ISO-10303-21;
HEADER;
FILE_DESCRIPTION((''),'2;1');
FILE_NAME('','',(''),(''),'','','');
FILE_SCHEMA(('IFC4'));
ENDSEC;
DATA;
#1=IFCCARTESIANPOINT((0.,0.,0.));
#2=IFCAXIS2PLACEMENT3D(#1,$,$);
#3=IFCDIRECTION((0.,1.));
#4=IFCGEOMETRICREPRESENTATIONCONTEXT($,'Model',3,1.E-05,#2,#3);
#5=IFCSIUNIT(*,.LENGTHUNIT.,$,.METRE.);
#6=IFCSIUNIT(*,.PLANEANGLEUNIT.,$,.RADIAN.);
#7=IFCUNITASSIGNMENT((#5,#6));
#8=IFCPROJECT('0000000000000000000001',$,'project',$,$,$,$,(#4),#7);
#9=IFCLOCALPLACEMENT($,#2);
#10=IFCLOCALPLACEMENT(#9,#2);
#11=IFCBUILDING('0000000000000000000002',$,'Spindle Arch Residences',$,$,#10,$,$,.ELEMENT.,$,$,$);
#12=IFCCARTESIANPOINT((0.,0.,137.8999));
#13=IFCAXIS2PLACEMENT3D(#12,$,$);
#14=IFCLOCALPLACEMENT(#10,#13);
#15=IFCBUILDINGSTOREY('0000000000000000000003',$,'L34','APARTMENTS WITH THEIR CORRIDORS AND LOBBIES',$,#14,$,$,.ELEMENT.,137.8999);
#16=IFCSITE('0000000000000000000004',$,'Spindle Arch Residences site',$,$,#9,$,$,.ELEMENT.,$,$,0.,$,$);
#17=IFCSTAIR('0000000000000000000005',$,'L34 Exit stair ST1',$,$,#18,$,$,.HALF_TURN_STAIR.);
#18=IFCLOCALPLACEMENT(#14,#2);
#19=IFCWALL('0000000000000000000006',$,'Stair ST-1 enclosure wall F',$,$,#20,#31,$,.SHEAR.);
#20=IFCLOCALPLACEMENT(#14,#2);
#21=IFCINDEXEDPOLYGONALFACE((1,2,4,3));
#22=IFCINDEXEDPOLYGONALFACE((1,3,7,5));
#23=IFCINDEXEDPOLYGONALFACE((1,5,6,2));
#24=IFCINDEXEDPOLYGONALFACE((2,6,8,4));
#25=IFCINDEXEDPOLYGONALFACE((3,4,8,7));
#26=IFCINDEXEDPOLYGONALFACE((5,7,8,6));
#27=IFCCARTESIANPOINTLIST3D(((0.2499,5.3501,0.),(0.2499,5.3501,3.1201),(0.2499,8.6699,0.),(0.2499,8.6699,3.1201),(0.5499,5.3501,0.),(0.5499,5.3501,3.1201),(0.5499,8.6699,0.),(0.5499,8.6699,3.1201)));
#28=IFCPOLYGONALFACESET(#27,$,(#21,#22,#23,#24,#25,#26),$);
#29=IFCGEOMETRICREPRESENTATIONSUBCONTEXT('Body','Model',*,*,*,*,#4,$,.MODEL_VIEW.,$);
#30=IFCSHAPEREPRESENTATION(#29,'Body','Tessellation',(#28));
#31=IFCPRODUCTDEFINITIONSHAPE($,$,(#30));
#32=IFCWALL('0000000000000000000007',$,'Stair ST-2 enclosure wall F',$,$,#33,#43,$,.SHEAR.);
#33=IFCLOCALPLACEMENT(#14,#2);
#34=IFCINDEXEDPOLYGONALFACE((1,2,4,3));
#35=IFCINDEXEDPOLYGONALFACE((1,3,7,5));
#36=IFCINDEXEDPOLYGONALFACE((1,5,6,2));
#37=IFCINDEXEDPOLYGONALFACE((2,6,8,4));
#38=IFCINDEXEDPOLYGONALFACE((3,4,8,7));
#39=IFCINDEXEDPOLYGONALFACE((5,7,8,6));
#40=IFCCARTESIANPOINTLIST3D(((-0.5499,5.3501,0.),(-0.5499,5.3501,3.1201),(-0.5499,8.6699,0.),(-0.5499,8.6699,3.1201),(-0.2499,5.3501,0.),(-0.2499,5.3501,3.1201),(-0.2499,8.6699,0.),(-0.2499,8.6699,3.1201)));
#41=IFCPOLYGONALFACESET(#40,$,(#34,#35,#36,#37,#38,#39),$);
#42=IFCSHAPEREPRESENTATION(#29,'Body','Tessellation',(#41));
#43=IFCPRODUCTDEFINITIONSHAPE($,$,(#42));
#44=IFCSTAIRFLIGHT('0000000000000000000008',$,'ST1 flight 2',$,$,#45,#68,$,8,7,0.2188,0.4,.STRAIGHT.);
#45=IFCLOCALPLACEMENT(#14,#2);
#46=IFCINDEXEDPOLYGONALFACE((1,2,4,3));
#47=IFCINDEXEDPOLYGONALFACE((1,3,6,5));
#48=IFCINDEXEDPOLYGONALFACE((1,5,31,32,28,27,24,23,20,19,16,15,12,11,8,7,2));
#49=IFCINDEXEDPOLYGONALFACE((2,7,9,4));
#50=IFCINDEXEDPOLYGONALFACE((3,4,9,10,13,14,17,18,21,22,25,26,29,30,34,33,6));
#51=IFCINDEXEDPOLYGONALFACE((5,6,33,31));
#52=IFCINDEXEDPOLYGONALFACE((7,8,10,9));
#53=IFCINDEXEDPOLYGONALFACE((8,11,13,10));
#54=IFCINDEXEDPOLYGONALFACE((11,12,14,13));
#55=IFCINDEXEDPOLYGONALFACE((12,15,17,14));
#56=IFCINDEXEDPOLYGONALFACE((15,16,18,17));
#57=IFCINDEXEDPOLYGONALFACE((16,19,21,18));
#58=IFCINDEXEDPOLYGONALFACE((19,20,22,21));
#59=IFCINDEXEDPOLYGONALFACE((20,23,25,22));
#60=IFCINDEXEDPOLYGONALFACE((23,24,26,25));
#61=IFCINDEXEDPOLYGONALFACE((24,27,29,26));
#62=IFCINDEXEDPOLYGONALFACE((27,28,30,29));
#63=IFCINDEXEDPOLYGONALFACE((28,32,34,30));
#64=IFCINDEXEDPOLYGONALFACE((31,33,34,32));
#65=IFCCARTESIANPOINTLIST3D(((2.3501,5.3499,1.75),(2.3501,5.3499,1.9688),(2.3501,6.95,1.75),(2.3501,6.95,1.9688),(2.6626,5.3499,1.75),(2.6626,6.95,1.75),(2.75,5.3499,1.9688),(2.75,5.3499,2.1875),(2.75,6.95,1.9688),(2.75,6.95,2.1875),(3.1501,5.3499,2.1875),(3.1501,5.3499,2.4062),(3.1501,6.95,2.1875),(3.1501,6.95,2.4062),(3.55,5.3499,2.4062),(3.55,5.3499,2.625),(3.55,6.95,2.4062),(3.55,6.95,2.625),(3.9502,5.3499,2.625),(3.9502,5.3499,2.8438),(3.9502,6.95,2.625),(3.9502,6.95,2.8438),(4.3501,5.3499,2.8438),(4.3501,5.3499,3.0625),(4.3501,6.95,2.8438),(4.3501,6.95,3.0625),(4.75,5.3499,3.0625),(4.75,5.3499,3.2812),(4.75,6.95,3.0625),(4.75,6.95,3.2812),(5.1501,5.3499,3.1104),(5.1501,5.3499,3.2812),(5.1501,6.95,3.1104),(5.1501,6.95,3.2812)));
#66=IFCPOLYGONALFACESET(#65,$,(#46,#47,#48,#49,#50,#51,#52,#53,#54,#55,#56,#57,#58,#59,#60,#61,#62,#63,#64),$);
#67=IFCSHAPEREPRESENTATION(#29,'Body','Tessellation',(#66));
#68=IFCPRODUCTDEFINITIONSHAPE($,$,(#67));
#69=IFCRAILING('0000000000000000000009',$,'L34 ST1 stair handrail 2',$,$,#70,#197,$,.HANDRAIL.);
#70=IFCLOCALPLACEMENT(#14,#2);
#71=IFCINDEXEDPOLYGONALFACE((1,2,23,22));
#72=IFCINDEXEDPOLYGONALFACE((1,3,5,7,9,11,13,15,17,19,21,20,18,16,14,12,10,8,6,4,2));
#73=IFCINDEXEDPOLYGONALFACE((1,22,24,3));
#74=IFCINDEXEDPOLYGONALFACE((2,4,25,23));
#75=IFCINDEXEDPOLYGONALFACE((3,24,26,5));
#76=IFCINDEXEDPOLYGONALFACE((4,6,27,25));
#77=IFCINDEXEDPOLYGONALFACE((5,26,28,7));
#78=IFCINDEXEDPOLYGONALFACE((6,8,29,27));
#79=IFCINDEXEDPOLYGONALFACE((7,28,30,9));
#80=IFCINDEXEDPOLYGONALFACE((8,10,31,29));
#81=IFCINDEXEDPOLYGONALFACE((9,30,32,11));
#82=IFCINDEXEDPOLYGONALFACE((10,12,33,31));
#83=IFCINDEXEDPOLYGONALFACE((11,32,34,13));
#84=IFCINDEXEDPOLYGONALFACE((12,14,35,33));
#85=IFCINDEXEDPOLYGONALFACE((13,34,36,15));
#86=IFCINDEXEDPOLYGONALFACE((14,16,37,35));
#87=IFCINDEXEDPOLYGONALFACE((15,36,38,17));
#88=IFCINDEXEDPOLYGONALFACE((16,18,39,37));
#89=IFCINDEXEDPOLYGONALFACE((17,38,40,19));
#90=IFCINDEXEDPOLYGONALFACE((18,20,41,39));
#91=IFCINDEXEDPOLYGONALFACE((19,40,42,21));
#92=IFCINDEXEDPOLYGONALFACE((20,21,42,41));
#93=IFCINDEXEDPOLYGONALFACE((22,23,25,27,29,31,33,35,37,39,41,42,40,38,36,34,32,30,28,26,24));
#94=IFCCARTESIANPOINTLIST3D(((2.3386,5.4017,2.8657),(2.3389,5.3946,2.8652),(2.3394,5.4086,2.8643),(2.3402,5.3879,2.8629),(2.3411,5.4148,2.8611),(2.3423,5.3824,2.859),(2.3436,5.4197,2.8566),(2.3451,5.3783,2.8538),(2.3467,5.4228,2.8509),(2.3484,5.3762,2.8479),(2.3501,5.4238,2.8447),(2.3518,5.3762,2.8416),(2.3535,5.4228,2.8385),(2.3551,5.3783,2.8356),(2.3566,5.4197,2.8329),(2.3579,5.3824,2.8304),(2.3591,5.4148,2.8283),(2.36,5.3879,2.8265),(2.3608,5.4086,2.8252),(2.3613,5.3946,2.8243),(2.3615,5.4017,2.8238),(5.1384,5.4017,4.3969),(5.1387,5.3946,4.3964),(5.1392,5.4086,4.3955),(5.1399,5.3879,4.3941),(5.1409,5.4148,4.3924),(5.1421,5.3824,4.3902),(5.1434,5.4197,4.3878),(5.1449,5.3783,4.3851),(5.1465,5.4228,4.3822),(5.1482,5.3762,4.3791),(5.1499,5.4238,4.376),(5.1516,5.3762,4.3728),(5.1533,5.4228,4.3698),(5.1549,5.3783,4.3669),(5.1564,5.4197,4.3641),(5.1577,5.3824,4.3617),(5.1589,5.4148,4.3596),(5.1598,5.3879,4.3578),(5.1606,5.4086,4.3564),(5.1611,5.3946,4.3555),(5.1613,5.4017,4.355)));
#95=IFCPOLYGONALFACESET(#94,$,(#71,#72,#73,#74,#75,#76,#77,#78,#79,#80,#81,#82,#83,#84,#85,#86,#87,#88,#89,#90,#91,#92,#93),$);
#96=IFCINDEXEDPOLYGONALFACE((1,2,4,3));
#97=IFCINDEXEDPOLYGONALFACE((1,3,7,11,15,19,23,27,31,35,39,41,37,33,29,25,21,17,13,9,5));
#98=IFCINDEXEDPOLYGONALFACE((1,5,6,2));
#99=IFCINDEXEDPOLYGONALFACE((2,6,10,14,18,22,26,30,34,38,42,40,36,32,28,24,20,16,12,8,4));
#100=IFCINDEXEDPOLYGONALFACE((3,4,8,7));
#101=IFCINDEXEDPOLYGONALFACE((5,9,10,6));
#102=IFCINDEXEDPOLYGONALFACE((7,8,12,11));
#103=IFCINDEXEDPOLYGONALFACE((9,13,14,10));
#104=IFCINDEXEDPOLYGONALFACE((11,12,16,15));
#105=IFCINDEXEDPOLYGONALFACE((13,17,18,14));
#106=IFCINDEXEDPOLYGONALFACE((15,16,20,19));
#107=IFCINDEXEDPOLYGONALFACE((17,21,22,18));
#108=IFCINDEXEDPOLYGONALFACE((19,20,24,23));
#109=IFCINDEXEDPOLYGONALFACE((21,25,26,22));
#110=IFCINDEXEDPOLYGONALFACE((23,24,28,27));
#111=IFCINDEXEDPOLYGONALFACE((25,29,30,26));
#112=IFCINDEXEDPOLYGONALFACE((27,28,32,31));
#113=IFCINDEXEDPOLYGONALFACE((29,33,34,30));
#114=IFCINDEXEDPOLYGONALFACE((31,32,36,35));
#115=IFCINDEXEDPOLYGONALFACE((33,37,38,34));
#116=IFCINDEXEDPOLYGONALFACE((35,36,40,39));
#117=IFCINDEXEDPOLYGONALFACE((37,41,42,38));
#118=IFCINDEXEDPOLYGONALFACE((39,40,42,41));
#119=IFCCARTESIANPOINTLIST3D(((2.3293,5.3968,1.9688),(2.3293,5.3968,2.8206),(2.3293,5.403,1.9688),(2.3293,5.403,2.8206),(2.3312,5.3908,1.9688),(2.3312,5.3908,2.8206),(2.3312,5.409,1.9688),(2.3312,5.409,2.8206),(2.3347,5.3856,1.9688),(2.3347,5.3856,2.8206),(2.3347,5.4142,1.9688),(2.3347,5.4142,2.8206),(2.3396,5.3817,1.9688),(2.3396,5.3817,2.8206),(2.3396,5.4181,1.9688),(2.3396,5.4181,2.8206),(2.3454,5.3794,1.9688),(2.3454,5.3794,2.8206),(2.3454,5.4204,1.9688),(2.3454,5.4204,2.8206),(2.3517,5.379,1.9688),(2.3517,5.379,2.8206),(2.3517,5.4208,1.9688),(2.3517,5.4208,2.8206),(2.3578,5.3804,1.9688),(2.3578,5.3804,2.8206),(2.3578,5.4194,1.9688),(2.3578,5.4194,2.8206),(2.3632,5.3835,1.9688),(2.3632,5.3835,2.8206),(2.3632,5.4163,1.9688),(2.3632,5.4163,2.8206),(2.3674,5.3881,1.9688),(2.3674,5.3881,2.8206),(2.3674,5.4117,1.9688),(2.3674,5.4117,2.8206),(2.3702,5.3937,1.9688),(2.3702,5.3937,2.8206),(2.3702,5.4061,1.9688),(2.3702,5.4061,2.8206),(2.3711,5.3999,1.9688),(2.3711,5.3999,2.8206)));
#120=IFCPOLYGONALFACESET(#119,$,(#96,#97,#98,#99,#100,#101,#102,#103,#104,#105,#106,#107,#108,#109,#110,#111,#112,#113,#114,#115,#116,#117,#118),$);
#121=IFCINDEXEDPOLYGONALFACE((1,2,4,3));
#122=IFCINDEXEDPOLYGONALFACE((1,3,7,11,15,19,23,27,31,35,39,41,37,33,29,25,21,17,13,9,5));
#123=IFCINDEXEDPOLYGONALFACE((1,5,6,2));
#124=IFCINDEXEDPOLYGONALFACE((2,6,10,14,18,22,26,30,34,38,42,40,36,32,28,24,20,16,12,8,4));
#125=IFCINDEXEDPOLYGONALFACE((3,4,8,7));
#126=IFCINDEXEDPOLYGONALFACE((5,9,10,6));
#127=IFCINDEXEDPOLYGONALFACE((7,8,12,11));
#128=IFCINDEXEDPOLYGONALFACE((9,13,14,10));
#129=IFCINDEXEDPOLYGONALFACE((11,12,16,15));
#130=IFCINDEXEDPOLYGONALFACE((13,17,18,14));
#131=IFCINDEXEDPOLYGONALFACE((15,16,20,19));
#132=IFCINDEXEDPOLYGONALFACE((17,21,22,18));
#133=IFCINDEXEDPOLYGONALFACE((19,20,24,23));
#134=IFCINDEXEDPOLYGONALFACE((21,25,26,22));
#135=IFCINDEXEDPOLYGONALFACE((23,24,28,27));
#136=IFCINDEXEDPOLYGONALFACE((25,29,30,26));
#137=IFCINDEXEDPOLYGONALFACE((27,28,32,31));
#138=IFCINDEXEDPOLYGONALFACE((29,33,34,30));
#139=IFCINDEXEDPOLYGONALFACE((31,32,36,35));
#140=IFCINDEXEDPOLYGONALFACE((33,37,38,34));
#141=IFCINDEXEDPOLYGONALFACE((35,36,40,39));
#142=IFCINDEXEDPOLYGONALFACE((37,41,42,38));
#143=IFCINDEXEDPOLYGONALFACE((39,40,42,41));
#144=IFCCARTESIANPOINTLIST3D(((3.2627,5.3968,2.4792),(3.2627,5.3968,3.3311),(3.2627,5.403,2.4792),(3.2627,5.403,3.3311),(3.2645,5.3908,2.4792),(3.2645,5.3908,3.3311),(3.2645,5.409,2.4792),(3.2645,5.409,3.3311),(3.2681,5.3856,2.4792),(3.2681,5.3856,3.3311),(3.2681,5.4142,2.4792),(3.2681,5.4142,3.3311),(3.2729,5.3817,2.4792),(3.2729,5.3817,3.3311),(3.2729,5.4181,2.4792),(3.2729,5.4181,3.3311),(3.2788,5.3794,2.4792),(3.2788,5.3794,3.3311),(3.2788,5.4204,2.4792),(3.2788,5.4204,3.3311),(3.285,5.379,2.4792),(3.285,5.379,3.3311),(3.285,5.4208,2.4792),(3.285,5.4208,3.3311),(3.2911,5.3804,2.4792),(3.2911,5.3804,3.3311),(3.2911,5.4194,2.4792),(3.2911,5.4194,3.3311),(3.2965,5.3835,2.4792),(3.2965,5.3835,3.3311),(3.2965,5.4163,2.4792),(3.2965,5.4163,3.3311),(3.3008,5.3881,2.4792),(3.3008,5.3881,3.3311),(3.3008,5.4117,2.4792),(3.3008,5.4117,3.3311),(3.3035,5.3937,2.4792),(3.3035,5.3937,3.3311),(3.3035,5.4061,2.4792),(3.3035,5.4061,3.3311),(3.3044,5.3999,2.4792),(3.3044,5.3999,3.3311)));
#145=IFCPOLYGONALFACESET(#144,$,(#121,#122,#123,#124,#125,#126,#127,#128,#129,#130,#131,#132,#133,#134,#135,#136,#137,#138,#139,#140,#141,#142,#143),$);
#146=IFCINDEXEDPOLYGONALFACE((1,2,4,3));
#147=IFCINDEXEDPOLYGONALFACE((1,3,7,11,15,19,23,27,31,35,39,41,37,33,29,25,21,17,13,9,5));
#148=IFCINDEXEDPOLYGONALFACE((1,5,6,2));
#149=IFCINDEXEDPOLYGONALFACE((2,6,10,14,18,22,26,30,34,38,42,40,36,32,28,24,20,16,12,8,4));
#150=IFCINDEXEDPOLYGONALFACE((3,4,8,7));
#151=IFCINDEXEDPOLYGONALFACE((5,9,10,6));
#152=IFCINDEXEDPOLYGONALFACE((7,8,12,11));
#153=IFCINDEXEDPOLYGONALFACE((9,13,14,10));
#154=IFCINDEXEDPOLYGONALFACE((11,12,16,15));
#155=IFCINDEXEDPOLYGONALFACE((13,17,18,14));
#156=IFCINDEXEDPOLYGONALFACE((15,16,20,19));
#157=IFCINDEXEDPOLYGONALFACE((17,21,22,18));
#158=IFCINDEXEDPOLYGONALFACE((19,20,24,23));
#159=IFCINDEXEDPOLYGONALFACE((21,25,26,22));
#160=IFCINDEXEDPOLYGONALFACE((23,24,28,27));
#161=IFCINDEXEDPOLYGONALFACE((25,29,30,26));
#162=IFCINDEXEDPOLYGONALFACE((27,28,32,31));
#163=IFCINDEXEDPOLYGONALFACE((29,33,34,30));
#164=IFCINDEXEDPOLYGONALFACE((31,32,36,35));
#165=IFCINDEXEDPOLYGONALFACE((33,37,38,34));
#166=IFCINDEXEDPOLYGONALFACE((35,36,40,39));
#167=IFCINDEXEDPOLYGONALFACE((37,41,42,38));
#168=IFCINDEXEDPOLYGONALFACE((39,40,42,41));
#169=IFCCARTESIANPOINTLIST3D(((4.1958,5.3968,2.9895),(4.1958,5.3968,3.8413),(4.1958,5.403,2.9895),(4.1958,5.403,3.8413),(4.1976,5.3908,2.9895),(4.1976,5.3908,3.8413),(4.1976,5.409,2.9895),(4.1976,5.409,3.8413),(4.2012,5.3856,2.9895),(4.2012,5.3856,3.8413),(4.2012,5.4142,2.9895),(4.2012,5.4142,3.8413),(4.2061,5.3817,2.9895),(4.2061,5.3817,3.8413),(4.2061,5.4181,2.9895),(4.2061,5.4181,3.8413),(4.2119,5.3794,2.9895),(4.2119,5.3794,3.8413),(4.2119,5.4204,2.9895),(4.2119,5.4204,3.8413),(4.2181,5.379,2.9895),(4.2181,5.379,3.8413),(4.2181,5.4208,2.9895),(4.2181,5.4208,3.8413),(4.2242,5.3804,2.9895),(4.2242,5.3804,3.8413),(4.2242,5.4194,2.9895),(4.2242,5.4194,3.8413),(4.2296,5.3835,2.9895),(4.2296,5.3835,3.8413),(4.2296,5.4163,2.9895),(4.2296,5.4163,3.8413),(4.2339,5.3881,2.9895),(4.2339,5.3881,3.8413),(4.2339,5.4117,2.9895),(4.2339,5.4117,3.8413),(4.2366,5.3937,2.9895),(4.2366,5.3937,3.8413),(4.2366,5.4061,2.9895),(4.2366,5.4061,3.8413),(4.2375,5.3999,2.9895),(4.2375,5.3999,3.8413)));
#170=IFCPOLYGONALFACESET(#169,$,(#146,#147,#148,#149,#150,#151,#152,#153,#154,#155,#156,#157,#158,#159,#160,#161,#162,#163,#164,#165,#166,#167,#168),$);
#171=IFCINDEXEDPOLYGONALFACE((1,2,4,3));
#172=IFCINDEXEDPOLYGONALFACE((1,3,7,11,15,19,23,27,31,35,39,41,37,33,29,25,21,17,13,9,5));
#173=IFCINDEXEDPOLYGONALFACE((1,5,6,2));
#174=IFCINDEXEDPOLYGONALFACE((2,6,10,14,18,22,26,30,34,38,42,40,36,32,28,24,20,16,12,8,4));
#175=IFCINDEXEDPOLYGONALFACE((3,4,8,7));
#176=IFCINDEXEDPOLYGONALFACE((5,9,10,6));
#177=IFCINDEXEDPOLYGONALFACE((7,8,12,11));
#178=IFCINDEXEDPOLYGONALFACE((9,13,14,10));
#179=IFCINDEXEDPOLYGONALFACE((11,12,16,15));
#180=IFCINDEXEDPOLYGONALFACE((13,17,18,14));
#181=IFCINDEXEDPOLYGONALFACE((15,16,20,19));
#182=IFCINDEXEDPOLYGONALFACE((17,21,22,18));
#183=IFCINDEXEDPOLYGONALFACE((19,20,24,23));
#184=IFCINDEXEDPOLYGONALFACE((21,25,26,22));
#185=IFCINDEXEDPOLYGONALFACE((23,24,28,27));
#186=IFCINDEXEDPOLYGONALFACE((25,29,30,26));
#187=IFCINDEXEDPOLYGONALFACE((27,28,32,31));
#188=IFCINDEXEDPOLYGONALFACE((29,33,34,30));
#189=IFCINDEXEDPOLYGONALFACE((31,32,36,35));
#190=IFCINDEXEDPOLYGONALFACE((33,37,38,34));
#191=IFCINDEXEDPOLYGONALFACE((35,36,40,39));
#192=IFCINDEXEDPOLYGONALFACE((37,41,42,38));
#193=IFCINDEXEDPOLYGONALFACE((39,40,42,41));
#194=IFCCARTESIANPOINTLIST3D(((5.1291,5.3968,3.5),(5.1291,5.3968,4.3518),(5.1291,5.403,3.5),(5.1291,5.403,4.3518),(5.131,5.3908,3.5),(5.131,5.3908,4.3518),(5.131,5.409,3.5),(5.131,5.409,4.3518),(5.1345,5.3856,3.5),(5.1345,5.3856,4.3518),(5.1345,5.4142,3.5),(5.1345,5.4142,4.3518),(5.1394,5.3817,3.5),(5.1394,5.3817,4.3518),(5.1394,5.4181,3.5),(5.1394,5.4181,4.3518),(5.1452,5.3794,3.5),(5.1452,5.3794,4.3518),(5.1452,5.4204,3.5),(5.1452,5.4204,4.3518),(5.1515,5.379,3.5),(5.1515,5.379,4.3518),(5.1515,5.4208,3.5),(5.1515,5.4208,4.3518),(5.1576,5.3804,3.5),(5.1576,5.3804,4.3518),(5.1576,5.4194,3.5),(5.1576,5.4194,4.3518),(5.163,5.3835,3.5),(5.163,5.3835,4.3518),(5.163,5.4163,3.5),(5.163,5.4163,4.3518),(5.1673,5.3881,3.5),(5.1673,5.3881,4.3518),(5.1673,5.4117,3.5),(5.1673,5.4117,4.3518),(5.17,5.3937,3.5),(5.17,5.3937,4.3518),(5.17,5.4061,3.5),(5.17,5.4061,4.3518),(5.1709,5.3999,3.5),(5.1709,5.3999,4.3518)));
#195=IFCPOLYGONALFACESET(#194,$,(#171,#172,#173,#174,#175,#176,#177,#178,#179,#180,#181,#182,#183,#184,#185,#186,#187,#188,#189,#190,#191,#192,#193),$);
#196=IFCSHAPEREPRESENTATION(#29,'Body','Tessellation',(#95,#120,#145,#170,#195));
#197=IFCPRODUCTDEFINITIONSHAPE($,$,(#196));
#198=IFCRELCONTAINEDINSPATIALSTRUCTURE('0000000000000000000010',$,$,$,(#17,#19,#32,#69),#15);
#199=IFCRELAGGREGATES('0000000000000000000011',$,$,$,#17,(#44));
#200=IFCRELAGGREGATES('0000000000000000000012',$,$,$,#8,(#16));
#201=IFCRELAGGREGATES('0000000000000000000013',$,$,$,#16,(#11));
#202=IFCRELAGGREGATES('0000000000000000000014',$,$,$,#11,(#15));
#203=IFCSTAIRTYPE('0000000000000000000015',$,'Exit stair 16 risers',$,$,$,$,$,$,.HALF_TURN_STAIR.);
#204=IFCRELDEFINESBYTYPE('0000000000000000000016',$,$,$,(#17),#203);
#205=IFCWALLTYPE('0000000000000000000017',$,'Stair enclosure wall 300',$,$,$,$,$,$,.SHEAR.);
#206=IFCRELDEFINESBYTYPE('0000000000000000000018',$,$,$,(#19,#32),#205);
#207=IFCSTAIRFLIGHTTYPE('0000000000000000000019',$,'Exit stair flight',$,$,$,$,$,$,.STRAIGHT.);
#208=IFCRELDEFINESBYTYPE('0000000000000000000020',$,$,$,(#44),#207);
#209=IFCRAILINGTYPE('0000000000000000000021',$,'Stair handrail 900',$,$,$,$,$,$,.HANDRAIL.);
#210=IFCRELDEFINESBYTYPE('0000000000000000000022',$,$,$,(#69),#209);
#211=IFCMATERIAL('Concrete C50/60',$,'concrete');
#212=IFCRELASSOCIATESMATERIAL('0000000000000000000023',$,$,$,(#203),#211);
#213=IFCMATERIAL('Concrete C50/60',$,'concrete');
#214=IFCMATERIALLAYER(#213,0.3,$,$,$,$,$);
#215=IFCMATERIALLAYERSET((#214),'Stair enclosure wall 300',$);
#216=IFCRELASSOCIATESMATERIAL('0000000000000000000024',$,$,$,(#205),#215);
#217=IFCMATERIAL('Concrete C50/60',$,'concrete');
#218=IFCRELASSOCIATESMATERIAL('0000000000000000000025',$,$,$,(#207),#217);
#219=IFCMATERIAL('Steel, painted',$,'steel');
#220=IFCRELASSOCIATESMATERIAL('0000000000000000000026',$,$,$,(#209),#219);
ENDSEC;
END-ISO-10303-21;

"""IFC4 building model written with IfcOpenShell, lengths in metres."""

from ifc_helpers import new_model, si_unit, direction, frame, frame_2d, origin, origin_2d, place, context, subcontext, project, spatial, polyline, rectangle, circle, outline, extrude, material, layer, layer_set, type_object, element, aggregate, save


model = new_model("IFC4")

# Units and contexts
model_context = context("Model", 3, precision=1e-05, world=origin(), true_north=direction((0.0, 1.0)))
body_context = subcontext(model_context, "Body", "Model", "MODEL_VIEW")
ifc_project = project(units=[si_unit("LENGTHUNIT", "METRE"), si_unit("PLANEANGLEUNIT", "RADIAN")], contexts=[model_context])

# Site, building, storey
site_placement = place(None, origin())
site = spatial("IfcSite", under=ifc_project, at=site_placement, Name="Spindle Arch Residences site", CompositionType="ELEMENT", RefElevation=0.0)
building_placement = place(site_placement, origin())
building = spatial("IfcBuilding", under=site, at=building_placement, Name="Spindle Arch Residences", CompositionType="ELEMENT")
storey_placement = place(building_placement, frame((0.0, 0.0, 137.8999)))
storey = spatial("IfcBuildingStorey", under=building, at=storey_placement, Name="L34", Description="APARTMENTS WITH THEIR CORRIDORS AND LOBBIES", CompositionType="ELEMENT", Elevation=137.8999)

# Stair
ifc_material_1 = material(Name="Concrete C50/60", Category="concrete")
stair_type = type_object("IfcStairType", Name="Exit stair 16 risers", PredefinedType="HALF_TURN_STAIR", material=ifc_material_1)
stair_1_placement = place(storey_placement, origin())
stair_1 = element("IfcStair", 1, at=stair_1_placement, inside=storey, type_object=stair_type, Name="L34 Exit stair ST1", PredefinedType="HALF_TURN_STAIR")

# Walls
ifc_material_2 = material(Name="Concrete C50/60", Category="concrete")
ifc_layer_1 = layer(ifc_material_2, 0.3)
ifc_layer_set_1 = layer_set([ifc_layer_1], Name="Stair enclosure wall 300")
wall_type_1 = type_object("IfcWallType", Name="Stair enclosure wall 300", PredefinedType="SHEAR", material=ifc_layer_set_1)
for number, where, z_axis, x_axis, name in (
    (2, (0.3999, 5.3501, 0.0), (0.0, 0.0, 1.0), (0.0, 1.0, 0.0), "Stair ST-1 enclosure wall F"),
    (3, (-0.3999, 5.3501, 0.0), (0.0, 0.0, 1.0), (0.0, 1.0, 0.0), "Stair ST-2 enclosure wall F"),
):
    element("IfcWall", number, at=place(storey_placement, frame(where, z_axis=z_axis, x_axis=x_axis)), inside=storey, type_object=wall_type_1, Name=name, PredefinedType="SHEAR", context=body_context, shape_type="SweptSolid", body=[
        extrude(rectangle(XDim=3.3198, YDim=0.3, at=frame_2d((1.6599, 0.0))), origin(), (0.0, 0.0, 1.0), 3.1201),
    ])

# Stair flight
ifc_material_3 = material(Name="Concrete C50/60", Category="concrete")
stair_flight_type = type_object("IfcStairFlightType", Name="Exit stair flight", PredefinedType="STRAIGHT", material=ifc_material_3)
stair_flight_placement = place(storey_placement, frame((2.3501, 6.1499, 1.75), z_axis=(0.0, 0.0, 1.0), x_axis=(1.0, 0.0, 0.0)))
stair_flight = element("IfcStairFlight", 4, at=stair_flight_placement, type_object=stair_flight_type, Name="ST1 flight 2", NumberOfRisers=8, NumberOfTreads=7, PredefinedType="STRAIGHT", RiserHeight=0.2188, TreadLength=0.4, context=body_context, shape_type="SweptSolid", body=[
    extrude(outline(polyline([(0.0, 0.0), (0.0, 0.2188), (0.3999, 0.2188), (0.3999, 0.4375), (0.8, 0.4375), (0.8, 0.6562), (1.2, 0.6562), (1.2, 0.875), (1.6001, 0.875), (1.6001, 1.0938), (2.0, 1.0938), (2.0, 1.3125), (2.3999, 1.3125), (2.3999, 1.5312), (2.8, 1.5312), (2.8, 1.75), (2.8, 1.3604), (0.3125, 0.0), (0.0, 0.0)])), frame((0.0, 0.8, 0.0), z_axis=(0.0, -1.0, 0.0), x_axis=(1.0, 0.0, 0.0)), (0.0, 0.0, 1.0), 1.6001),
])
aggregate(stair_1, [stair_flight])

# Railing
ifc_material_4 = material(Name="Steel, painted", Category="steel")
railing_type = type_object("IfcRailingType", Name="Stair handrail 900", PredefinedType="HANDRAIL", material=ifc_material_4)
railing_placement = place(storey_placement, frame((2.3501, 5.3999, 1.9688)))
element("IfcRailing", 5, at=railing_placement, inside=storey, type_object=railing_type, Name="L34 ST1 stair handrail 2", PredefinedType="HANDRAIL", context=body_context, shape_type="SweptSolid", body=[
    extrude(circle(Radius=0.0239, at=origin_2d()), frame((0.0, 0.0, 0.876), z_axis=(0.877357, 0.0, 0.479838), x_axis=(0.0, 1.0, 0.0)), (0.0, 0.0, 1.0), 3.1912),
    extrude(circle(Radius=0.021, at=origin_2d()), origin(), (0.0, 0.0, 1.0), 0.8518),
    extrude(circle(Radius=0.021, at=origin_2d()), frame((0.9333, 0.0, 0.5105)), (0.0, 0.0, 1.0), 0.8518),
    extrude(circle(Radius=0.021, at=origin_2d()), frame((1.8665, 0.0, 1.0208)), (0.0, 0.0, 1.0), 0.8518),
    extrude(circle(Radius=0.021, at=origin_2d()), frame((2.7998, 0.0, 1.5312)), (0.0, 0.0, 1.0), 0.8518),
])

save(model, "model.ifc")
